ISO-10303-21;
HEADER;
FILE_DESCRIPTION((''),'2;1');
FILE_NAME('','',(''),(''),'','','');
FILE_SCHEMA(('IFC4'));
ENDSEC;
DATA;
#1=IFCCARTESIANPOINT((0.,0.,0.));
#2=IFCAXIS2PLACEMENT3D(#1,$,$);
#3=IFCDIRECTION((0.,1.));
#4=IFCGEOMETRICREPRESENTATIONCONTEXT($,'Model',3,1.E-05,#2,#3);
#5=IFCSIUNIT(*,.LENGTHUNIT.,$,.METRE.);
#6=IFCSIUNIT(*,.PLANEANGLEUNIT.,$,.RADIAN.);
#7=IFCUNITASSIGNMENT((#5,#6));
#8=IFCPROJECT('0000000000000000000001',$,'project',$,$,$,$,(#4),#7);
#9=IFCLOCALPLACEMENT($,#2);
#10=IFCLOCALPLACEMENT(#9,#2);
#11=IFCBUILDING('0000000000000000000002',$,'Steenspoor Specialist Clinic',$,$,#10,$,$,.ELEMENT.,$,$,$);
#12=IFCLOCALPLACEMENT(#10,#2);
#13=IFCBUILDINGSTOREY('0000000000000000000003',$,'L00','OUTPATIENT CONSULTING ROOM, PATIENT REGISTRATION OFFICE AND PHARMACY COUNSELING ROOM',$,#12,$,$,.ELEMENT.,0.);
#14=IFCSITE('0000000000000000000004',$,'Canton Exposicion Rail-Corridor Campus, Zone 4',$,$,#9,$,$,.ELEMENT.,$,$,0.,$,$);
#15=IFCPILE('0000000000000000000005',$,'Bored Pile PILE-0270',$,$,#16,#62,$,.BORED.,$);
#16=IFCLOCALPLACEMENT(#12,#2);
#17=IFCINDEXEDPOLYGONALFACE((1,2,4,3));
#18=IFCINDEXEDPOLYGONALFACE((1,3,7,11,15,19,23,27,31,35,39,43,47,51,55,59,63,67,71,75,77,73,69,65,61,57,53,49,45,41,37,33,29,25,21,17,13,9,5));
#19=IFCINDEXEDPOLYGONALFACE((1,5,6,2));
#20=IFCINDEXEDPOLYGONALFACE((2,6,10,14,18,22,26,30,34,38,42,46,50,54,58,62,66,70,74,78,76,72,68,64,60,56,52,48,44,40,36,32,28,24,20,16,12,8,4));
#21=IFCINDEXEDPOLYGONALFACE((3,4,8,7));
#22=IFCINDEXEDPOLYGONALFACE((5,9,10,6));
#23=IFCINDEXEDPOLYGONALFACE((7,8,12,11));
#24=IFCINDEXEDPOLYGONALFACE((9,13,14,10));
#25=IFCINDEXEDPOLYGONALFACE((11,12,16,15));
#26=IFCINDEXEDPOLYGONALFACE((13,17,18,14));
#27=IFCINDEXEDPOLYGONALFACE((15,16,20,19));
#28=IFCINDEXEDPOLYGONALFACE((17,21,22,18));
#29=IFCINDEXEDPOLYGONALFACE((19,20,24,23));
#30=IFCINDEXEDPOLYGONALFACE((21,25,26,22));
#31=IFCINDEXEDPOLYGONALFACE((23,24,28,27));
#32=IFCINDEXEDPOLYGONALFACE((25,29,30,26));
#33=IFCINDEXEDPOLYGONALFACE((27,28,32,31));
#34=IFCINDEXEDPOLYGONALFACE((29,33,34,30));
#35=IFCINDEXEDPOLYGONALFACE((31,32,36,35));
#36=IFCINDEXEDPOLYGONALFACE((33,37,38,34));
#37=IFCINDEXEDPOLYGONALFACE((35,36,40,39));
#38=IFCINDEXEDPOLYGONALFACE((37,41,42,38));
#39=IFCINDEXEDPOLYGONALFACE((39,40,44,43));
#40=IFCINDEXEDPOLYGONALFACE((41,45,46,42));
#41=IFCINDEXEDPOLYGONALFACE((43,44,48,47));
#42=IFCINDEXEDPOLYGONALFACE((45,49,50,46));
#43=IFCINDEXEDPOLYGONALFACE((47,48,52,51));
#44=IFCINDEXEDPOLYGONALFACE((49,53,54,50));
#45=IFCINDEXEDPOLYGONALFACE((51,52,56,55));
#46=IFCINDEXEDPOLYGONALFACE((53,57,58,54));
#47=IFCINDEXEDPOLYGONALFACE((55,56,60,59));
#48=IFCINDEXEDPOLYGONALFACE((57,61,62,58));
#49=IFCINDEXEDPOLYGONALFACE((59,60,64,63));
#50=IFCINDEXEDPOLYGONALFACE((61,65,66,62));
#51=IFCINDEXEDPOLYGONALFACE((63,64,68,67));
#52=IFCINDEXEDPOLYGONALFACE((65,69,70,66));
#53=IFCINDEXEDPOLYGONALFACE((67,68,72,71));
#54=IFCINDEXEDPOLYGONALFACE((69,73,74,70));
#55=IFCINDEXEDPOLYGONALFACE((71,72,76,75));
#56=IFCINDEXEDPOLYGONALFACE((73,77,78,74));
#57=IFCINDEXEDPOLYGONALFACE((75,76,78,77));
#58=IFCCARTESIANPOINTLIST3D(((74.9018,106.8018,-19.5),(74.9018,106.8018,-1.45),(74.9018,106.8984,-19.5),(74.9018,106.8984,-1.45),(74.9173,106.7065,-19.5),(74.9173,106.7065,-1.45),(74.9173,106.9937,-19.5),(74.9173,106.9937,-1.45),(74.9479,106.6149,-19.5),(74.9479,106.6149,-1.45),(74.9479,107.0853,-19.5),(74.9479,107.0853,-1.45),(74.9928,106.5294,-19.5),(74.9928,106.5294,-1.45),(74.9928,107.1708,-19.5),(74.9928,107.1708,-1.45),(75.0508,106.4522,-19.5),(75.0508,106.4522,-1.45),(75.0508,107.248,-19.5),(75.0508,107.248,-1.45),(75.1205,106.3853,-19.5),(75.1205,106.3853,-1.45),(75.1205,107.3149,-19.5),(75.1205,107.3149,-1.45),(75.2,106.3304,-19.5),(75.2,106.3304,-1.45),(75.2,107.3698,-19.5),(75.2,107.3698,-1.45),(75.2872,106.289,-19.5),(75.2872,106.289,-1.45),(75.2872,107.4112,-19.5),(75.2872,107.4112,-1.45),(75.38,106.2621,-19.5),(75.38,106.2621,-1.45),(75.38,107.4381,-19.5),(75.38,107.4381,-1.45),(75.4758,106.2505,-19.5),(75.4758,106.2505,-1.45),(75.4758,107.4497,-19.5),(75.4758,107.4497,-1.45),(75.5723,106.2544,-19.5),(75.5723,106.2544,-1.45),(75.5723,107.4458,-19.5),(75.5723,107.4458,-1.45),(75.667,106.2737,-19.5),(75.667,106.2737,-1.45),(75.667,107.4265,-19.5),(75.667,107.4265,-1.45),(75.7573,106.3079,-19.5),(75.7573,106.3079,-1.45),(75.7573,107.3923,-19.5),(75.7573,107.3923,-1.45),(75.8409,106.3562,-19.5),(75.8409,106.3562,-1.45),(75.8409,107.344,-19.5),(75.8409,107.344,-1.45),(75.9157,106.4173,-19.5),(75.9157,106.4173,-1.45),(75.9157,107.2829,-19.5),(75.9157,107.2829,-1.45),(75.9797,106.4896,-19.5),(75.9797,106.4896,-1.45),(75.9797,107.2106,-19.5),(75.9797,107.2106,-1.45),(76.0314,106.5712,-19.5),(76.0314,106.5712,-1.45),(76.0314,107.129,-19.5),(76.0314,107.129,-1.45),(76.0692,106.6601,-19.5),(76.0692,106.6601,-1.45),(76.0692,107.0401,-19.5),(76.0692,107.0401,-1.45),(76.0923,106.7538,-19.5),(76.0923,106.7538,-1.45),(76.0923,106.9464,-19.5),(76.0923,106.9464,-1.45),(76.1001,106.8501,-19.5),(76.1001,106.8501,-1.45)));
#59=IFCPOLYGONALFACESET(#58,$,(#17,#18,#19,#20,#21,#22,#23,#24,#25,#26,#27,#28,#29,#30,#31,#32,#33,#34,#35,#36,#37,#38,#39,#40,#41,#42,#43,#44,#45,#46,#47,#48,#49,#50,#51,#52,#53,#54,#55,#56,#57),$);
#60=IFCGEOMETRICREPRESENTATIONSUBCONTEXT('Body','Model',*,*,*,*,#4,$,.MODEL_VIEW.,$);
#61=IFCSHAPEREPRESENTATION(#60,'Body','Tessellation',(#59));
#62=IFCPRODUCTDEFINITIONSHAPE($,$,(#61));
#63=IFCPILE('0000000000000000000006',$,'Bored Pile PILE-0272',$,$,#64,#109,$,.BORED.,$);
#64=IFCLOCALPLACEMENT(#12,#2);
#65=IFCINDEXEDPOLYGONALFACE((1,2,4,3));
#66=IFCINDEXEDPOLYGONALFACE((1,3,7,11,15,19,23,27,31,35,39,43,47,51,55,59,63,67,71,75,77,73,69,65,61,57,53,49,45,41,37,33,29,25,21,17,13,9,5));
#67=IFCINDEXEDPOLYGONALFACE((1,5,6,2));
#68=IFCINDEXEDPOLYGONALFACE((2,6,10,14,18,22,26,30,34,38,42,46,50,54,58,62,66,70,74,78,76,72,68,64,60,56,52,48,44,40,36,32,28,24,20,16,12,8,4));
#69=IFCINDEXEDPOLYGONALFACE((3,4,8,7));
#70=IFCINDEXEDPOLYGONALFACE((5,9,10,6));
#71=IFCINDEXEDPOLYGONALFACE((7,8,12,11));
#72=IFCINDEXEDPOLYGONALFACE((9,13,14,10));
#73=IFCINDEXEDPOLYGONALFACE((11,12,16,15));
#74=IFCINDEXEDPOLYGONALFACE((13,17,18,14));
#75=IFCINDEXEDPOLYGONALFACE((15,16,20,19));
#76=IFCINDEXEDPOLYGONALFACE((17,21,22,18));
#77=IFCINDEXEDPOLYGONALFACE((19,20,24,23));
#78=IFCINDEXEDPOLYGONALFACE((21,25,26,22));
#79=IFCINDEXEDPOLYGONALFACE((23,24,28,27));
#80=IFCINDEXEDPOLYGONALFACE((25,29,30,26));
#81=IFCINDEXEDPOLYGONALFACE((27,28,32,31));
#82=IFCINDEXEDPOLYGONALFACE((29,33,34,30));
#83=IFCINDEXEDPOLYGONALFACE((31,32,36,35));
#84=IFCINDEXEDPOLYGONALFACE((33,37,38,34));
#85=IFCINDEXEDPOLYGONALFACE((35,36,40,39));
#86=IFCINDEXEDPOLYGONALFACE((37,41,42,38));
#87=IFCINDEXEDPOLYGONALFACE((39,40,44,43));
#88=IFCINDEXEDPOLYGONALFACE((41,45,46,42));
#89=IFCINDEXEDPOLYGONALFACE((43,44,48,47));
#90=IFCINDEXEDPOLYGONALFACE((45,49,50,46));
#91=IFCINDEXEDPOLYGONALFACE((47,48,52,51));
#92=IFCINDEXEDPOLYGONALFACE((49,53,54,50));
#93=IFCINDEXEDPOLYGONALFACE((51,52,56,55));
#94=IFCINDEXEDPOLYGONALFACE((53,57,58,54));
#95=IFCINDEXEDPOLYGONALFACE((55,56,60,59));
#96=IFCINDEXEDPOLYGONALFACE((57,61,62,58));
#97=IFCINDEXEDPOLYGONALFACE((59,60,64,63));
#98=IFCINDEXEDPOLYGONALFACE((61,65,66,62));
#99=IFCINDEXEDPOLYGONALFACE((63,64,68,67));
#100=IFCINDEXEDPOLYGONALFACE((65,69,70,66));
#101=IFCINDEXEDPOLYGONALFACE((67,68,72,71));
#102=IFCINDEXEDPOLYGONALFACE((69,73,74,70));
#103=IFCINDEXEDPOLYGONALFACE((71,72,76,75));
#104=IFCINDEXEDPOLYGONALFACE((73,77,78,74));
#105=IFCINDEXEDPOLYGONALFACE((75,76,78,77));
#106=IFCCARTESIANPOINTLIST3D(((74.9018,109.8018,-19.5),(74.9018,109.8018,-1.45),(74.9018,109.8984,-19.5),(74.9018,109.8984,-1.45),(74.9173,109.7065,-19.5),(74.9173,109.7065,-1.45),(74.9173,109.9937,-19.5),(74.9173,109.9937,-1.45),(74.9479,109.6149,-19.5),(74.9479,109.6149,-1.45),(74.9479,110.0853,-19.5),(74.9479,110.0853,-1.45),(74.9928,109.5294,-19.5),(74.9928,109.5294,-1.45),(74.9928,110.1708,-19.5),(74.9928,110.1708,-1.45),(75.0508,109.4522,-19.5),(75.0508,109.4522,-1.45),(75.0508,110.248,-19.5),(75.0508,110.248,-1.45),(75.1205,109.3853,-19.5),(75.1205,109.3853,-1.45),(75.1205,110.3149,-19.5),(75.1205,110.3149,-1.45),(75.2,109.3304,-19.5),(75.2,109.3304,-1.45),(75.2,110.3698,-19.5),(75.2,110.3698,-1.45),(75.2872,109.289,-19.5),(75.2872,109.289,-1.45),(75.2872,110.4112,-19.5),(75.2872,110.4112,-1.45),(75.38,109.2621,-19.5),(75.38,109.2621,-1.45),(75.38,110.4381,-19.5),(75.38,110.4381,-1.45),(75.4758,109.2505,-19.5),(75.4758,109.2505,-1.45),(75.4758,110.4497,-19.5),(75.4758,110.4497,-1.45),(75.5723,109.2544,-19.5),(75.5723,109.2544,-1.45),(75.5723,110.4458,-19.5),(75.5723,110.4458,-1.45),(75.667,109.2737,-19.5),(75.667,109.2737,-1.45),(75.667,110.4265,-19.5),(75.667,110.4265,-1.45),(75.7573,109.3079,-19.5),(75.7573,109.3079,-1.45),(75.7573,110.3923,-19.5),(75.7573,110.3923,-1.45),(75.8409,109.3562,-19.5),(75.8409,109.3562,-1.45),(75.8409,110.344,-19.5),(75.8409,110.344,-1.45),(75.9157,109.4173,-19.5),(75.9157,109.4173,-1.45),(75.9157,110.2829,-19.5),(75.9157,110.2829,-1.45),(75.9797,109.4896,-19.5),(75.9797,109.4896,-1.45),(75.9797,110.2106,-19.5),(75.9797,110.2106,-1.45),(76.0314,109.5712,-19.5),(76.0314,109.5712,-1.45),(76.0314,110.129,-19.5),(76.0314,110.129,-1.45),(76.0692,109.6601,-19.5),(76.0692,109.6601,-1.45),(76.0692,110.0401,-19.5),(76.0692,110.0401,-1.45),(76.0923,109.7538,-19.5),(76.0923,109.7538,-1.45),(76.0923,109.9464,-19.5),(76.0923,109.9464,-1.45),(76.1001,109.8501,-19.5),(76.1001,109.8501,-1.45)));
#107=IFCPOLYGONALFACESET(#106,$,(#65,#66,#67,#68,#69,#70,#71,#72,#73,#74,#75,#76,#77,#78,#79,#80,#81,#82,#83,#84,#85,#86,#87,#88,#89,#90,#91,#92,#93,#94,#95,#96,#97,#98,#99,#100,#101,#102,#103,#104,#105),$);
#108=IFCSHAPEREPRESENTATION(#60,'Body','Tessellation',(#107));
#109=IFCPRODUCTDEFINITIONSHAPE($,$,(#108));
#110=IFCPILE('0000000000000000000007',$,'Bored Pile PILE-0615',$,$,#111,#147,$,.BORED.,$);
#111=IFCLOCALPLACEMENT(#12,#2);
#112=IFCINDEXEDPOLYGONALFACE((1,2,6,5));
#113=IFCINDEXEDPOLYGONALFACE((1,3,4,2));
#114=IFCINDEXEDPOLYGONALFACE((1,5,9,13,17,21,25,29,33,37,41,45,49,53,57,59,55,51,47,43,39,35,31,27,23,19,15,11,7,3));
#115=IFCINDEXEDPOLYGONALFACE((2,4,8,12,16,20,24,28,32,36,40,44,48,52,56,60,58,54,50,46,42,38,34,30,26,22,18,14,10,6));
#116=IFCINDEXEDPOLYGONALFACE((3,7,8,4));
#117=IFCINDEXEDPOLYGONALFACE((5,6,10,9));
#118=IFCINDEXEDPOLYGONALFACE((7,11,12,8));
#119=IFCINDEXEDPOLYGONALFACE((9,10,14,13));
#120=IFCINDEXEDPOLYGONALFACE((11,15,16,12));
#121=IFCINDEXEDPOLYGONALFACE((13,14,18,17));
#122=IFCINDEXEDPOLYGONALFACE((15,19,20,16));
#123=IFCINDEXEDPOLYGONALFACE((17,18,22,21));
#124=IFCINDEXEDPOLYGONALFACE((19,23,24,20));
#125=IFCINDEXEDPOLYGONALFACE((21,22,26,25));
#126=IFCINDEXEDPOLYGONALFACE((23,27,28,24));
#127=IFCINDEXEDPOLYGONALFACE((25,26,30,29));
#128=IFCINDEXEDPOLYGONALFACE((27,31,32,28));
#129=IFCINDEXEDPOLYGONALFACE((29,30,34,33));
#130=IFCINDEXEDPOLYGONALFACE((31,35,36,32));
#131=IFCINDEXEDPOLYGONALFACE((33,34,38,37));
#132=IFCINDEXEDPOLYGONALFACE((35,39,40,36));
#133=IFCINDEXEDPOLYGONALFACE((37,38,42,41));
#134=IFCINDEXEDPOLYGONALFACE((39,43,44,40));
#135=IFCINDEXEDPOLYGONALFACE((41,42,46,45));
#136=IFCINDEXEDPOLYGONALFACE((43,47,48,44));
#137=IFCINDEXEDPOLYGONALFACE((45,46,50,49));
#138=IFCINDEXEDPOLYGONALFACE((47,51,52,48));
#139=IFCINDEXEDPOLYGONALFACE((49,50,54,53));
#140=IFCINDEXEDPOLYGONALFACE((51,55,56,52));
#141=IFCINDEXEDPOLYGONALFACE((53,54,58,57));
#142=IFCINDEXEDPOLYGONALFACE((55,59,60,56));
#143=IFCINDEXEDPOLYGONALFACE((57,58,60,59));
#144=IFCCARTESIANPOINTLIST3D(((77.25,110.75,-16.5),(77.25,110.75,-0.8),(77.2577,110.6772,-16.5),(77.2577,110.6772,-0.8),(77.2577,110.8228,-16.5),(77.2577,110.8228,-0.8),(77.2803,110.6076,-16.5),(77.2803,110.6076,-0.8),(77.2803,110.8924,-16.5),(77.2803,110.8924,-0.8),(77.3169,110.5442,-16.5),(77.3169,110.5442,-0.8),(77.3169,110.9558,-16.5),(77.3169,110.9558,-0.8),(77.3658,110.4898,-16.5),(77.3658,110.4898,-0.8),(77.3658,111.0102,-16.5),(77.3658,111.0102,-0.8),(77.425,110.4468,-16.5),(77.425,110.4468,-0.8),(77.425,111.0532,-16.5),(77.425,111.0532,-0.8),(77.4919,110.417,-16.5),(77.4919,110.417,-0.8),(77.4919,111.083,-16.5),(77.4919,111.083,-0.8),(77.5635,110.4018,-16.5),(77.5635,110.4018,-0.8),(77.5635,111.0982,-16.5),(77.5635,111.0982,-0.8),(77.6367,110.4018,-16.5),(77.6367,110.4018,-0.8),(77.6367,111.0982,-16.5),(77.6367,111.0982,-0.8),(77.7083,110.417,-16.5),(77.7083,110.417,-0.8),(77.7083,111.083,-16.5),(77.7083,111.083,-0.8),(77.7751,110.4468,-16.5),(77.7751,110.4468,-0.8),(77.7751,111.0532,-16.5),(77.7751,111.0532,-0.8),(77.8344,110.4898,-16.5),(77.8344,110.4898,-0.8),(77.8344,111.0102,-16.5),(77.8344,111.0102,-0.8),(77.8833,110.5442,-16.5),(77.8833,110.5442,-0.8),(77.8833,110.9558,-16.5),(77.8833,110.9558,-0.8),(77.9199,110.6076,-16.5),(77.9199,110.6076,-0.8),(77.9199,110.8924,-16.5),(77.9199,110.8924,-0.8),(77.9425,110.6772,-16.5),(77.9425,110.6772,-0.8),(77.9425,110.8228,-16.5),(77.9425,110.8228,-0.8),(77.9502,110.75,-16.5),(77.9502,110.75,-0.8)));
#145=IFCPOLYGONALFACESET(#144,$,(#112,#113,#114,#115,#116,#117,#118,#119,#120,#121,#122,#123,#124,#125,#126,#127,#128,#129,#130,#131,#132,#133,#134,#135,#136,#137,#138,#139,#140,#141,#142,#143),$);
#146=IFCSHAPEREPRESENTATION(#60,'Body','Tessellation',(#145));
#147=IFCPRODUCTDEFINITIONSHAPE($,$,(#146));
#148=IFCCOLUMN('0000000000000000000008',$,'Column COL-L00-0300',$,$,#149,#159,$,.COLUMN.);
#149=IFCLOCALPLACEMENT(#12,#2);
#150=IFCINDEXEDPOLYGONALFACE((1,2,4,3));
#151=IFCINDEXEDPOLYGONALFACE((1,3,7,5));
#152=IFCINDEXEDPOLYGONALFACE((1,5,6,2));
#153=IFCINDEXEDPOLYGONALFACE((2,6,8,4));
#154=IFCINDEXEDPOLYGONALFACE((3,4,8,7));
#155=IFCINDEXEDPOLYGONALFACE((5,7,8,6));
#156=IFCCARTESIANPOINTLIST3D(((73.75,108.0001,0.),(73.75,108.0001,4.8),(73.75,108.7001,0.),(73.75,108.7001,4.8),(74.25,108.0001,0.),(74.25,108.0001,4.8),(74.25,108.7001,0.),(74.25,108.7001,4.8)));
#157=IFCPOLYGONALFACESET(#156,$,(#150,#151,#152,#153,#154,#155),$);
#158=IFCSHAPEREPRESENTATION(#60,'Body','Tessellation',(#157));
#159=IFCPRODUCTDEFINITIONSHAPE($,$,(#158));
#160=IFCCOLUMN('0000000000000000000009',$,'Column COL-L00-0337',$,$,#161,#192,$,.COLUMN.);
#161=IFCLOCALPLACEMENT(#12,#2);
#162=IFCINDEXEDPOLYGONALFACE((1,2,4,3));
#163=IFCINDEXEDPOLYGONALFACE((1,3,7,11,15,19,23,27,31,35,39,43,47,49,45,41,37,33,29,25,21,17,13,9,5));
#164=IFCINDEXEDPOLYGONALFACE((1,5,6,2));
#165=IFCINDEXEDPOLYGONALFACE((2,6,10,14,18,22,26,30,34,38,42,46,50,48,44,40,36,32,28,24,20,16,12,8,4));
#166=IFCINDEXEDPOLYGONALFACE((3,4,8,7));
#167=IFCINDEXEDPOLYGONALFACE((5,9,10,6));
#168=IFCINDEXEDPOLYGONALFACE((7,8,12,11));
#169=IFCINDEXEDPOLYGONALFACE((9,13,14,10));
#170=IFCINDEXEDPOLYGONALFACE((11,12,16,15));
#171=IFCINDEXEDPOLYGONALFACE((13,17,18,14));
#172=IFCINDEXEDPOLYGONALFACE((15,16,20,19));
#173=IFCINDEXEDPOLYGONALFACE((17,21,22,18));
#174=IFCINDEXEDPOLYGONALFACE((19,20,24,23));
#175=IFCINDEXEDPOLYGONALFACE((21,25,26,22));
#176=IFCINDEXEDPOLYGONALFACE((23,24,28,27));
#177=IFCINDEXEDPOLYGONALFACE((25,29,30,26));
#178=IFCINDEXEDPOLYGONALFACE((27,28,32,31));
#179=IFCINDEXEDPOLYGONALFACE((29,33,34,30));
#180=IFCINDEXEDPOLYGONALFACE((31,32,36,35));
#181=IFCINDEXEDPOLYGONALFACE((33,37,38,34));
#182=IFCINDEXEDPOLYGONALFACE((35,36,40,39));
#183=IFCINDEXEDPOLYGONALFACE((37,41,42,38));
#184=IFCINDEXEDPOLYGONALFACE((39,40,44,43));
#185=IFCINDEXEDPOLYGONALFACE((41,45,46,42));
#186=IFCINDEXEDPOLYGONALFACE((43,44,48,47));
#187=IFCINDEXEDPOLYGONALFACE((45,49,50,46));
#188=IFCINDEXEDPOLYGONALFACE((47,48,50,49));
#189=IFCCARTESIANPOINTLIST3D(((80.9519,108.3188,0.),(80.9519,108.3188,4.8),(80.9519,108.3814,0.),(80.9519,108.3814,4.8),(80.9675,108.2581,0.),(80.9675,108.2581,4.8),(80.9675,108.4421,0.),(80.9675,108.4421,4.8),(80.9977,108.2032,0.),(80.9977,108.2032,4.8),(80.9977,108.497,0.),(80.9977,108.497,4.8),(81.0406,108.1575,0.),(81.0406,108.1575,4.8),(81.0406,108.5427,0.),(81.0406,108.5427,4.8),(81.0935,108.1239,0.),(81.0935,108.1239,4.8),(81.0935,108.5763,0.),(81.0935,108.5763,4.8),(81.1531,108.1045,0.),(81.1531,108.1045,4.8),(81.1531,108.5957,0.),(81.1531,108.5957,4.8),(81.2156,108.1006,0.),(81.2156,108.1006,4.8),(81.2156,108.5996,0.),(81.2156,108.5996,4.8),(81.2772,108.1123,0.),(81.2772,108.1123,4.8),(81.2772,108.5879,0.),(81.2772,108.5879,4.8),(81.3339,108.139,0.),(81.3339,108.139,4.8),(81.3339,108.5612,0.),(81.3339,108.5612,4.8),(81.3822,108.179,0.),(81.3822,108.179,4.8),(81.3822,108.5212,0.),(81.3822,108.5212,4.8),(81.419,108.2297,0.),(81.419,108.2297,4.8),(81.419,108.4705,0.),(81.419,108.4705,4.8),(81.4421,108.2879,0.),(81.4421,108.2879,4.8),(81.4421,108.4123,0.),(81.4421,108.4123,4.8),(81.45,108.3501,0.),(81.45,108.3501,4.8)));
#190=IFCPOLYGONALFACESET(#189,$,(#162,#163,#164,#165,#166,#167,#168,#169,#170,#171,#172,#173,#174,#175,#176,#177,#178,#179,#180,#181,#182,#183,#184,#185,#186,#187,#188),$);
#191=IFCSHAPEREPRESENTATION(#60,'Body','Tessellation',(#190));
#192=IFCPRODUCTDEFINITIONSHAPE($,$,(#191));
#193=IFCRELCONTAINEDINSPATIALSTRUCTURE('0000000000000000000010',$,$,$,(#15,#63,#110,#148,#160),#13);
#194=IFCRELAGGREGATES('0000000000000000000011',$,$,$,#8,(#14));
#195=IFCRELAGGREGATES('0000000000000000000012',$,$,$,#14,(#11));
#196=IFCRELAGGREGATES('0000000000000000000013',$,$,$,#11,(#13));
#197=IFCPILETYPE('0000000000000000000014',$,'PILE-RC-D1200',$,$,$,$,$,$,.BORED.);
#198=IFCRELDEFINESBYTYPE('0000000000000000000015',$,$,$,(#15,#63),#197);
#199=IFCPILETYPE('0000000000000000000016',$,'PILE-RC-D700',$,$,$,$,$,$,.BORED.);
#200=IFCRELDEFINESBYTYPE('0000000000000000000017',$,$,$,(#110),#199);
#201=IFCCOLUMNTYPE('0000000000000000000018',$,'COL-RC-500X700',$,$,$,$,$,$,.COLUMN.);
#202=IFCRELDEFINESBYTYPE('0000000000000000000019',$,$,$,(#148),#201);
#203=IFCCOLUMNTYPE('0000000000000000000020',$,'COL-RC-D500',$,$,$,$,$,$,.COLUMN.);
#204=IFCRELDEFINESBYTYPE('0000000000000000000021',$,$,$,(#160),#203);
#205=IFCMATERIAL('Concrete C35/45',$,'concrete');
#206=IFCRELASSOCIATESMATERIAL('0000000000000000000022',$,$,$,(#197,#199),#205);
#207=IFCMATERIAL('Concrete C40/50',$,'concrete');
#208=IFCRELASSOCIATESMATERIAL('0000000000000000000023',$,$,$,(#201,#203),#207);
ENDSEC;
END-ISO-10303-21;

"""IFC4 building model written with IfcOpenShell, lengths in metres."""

from ifc_helpers import new_model, si_unit, direction, frame, origin, origin_2d, place, context, subcontext, project, spatial, rectangle, circle, extrude, material, material_profile, profile_set, type_object, element, save


model = new_model("IFC4")

# Units and contexts
model_context = context("Model", 3, precision=1e-05, world=origin(), true_north=direction((0.0, 1.0)))
body_context = subcontext(model_context, "Body", "Model", "MODEL_VIEW")
ifc_project = project(units=[si_unit("LENGTHUNIT", "METRE"), si_unit("PLANEANGLEUNIT", "RADIAN")], contexts=[model_context])

# Site, building, storey
site_placement = place(None, origin())
site = spatial("IfcSite", under=ifc_project, at=site_placement, Name="Canton Exposicion Rail-Corridor Campus, Zone 4", CompositionType="ELEMENT", RefElevation=0.0)
building_placement = place(site_placement, origin())
building = spatial("IfcBuilding", under=site, at=building_placement, Name="Steenspoor Specialist Clinic", CompositionType="ELEMENT")
storey_placement = place(building_placement, origin())
storey = spatial("IfcBuildingStorey", under=building, at=storey_placement, Name="L00", Description="OUTPATIENT CONSULTING ROOM, PATIENT REGISTRATION OFFICE AND PHARMACY COUNSELING ROOM", CompositionType="ELEMENT", Elevation=0.0)

# Shared definitions
ifc_material_1 = material(Name="Concrete C35/45", Category="concrete")

# Piles
ifc_material_profile_1 = material_profile(ifc_material_1, circle(Radius=0.6001, at=origin_2d()), Name="PILE-D1200")
ifc_profile_set_1 = profile_set([ifc_material_profile_1], Name="Concrete C35/45")
pile_type_1 = type_object("IfcPileType", Name="PILE-RC-D1200", PredefinedType="BORED", material=ifc_profile_set_1)
for number, where, z_axis, x_axis, name in (
    (1, (75.5, 106.8501, -1.45), (0.0, 0.0, -1.0), (1.0, 0.0, 0.0), "Bored Pile PILE-0270"),
    (2, (75.5, 109.8501, -1.45), (0.0, 0.0, -1.0), (1.0, 0.0, 0.0), "Bored Pile PILE-0272"),
):
    element("IfcPile", number, at=place(storey_placement, frame(where, z_axis=z_axis, x_axis=x_axis)), inside=storey, type_object=pile_type_1, Name=name, PredefinedType="BORED", context=body_context, shape_type="SweptSolid", body=[
        extrude(circle(Radius=0.6001, at=origin_2d()), origin(), (0.0, 0.0, 1.0), 18.05),
    ])
ifc_material_profile_2 = material_profile(ifc_material_1, circle(Radius=0.3501, at=origin_2d()), Name="PILE-D700")
ifc_profile_set_2 = profile_set([ifc_material_profile_2], Name="Concrete C35/45")
pile_type_2 = type_object("IfcPileType", Name="PILE-RC-D700", PredefinedType="BORED", material=ifc_profile_set_2)
pile_placement = place(storey_placement, frame((77.6001, 110.75, -0.8), z_axis=(0.0, 0.0, -1.0), x_axis=(1.0, 0.0, 0.0)))
element("IfcPile", 3, at=pile_placement, inside=storey, type_object=pile_type_2, Name="Bored Pile PILE-0615", PredefinedType="BORED", context=body_context, shape_type="SweptSolid", body=[
    extrude(circle(Radius=0.3501, at=origin_2d()), origin(), (0.0, 0.0, 1.0), 15.7),
])

# Columns
ifc_material_2 = material(Name="Concrete C40/50", Category="concrete")
ifc_material_profile_3 = material_profile(ifc_material_2, rectangle(XDim=0.5, YDim=0.7, at=origin_2d()), Name="RC-COL-500X700")
ifc_profile_set_3 = profile_set([ifc_material_profile_3], Name="Concrete C40/50")
column_type_1 = type_object("IfcColumnType", Name="COL-RC-500X700", PredefinedType="COLUMN", material=ifc_profile_set_3)
column_1_placement = place(storey_placement, frame((74.0, 108.3501, 0.0), z_axis=(0.0, 0.0, 1.0), x_axis=(1.0, 0.0, 0.0)))
element("IfcColumn", 4, at=column_1_placement, inside=storey, type_object=column_type_1, Name="Column COL-L00-0300", PredefinedType="COLUMN", context=body_context, shape_type="SweptSolid", body=[
    extrude(rectangle(XDim=0.5, YDim=0.7, at=origin_2d()), origin(), (0.0, 0.0, 1.0), 4.8),
])
ifc_material_profile_4 = material_profile(ifc_material_2, circle(Radius=0.25, at=origin_2d()), Name="RC-COL-D500")
ifc_profile_set_4 = profile_set([ifc_material_profile_4], Name="Concrete C40/50")
column_type_2 = type_object("IfcColumnType", Name="COL-RC-D500", PredefinedType="COLUMN", material=ifc_profile_set_4)
column_2_placement = place(storey_placement, frame((81.2, 108.3501, 0.0), z_axis=(0.0, 0.0, 1.0), x_axis=(1.0, 0.0, 0.0)))
element("IfcColumn", 5, at=column_2_placement, inside=storey, type_object=column_type_2, Name="Column COL-L00-0337", PredefinedType="COLUMN", context=body_context, shape_type="SweptSolid", body=[
    extrude(circle(Radius=0.25, at=origin_2d()), origin(), (0.0, 0.0, 1.0), 4.8),
])

save(model, "model.ifc")
